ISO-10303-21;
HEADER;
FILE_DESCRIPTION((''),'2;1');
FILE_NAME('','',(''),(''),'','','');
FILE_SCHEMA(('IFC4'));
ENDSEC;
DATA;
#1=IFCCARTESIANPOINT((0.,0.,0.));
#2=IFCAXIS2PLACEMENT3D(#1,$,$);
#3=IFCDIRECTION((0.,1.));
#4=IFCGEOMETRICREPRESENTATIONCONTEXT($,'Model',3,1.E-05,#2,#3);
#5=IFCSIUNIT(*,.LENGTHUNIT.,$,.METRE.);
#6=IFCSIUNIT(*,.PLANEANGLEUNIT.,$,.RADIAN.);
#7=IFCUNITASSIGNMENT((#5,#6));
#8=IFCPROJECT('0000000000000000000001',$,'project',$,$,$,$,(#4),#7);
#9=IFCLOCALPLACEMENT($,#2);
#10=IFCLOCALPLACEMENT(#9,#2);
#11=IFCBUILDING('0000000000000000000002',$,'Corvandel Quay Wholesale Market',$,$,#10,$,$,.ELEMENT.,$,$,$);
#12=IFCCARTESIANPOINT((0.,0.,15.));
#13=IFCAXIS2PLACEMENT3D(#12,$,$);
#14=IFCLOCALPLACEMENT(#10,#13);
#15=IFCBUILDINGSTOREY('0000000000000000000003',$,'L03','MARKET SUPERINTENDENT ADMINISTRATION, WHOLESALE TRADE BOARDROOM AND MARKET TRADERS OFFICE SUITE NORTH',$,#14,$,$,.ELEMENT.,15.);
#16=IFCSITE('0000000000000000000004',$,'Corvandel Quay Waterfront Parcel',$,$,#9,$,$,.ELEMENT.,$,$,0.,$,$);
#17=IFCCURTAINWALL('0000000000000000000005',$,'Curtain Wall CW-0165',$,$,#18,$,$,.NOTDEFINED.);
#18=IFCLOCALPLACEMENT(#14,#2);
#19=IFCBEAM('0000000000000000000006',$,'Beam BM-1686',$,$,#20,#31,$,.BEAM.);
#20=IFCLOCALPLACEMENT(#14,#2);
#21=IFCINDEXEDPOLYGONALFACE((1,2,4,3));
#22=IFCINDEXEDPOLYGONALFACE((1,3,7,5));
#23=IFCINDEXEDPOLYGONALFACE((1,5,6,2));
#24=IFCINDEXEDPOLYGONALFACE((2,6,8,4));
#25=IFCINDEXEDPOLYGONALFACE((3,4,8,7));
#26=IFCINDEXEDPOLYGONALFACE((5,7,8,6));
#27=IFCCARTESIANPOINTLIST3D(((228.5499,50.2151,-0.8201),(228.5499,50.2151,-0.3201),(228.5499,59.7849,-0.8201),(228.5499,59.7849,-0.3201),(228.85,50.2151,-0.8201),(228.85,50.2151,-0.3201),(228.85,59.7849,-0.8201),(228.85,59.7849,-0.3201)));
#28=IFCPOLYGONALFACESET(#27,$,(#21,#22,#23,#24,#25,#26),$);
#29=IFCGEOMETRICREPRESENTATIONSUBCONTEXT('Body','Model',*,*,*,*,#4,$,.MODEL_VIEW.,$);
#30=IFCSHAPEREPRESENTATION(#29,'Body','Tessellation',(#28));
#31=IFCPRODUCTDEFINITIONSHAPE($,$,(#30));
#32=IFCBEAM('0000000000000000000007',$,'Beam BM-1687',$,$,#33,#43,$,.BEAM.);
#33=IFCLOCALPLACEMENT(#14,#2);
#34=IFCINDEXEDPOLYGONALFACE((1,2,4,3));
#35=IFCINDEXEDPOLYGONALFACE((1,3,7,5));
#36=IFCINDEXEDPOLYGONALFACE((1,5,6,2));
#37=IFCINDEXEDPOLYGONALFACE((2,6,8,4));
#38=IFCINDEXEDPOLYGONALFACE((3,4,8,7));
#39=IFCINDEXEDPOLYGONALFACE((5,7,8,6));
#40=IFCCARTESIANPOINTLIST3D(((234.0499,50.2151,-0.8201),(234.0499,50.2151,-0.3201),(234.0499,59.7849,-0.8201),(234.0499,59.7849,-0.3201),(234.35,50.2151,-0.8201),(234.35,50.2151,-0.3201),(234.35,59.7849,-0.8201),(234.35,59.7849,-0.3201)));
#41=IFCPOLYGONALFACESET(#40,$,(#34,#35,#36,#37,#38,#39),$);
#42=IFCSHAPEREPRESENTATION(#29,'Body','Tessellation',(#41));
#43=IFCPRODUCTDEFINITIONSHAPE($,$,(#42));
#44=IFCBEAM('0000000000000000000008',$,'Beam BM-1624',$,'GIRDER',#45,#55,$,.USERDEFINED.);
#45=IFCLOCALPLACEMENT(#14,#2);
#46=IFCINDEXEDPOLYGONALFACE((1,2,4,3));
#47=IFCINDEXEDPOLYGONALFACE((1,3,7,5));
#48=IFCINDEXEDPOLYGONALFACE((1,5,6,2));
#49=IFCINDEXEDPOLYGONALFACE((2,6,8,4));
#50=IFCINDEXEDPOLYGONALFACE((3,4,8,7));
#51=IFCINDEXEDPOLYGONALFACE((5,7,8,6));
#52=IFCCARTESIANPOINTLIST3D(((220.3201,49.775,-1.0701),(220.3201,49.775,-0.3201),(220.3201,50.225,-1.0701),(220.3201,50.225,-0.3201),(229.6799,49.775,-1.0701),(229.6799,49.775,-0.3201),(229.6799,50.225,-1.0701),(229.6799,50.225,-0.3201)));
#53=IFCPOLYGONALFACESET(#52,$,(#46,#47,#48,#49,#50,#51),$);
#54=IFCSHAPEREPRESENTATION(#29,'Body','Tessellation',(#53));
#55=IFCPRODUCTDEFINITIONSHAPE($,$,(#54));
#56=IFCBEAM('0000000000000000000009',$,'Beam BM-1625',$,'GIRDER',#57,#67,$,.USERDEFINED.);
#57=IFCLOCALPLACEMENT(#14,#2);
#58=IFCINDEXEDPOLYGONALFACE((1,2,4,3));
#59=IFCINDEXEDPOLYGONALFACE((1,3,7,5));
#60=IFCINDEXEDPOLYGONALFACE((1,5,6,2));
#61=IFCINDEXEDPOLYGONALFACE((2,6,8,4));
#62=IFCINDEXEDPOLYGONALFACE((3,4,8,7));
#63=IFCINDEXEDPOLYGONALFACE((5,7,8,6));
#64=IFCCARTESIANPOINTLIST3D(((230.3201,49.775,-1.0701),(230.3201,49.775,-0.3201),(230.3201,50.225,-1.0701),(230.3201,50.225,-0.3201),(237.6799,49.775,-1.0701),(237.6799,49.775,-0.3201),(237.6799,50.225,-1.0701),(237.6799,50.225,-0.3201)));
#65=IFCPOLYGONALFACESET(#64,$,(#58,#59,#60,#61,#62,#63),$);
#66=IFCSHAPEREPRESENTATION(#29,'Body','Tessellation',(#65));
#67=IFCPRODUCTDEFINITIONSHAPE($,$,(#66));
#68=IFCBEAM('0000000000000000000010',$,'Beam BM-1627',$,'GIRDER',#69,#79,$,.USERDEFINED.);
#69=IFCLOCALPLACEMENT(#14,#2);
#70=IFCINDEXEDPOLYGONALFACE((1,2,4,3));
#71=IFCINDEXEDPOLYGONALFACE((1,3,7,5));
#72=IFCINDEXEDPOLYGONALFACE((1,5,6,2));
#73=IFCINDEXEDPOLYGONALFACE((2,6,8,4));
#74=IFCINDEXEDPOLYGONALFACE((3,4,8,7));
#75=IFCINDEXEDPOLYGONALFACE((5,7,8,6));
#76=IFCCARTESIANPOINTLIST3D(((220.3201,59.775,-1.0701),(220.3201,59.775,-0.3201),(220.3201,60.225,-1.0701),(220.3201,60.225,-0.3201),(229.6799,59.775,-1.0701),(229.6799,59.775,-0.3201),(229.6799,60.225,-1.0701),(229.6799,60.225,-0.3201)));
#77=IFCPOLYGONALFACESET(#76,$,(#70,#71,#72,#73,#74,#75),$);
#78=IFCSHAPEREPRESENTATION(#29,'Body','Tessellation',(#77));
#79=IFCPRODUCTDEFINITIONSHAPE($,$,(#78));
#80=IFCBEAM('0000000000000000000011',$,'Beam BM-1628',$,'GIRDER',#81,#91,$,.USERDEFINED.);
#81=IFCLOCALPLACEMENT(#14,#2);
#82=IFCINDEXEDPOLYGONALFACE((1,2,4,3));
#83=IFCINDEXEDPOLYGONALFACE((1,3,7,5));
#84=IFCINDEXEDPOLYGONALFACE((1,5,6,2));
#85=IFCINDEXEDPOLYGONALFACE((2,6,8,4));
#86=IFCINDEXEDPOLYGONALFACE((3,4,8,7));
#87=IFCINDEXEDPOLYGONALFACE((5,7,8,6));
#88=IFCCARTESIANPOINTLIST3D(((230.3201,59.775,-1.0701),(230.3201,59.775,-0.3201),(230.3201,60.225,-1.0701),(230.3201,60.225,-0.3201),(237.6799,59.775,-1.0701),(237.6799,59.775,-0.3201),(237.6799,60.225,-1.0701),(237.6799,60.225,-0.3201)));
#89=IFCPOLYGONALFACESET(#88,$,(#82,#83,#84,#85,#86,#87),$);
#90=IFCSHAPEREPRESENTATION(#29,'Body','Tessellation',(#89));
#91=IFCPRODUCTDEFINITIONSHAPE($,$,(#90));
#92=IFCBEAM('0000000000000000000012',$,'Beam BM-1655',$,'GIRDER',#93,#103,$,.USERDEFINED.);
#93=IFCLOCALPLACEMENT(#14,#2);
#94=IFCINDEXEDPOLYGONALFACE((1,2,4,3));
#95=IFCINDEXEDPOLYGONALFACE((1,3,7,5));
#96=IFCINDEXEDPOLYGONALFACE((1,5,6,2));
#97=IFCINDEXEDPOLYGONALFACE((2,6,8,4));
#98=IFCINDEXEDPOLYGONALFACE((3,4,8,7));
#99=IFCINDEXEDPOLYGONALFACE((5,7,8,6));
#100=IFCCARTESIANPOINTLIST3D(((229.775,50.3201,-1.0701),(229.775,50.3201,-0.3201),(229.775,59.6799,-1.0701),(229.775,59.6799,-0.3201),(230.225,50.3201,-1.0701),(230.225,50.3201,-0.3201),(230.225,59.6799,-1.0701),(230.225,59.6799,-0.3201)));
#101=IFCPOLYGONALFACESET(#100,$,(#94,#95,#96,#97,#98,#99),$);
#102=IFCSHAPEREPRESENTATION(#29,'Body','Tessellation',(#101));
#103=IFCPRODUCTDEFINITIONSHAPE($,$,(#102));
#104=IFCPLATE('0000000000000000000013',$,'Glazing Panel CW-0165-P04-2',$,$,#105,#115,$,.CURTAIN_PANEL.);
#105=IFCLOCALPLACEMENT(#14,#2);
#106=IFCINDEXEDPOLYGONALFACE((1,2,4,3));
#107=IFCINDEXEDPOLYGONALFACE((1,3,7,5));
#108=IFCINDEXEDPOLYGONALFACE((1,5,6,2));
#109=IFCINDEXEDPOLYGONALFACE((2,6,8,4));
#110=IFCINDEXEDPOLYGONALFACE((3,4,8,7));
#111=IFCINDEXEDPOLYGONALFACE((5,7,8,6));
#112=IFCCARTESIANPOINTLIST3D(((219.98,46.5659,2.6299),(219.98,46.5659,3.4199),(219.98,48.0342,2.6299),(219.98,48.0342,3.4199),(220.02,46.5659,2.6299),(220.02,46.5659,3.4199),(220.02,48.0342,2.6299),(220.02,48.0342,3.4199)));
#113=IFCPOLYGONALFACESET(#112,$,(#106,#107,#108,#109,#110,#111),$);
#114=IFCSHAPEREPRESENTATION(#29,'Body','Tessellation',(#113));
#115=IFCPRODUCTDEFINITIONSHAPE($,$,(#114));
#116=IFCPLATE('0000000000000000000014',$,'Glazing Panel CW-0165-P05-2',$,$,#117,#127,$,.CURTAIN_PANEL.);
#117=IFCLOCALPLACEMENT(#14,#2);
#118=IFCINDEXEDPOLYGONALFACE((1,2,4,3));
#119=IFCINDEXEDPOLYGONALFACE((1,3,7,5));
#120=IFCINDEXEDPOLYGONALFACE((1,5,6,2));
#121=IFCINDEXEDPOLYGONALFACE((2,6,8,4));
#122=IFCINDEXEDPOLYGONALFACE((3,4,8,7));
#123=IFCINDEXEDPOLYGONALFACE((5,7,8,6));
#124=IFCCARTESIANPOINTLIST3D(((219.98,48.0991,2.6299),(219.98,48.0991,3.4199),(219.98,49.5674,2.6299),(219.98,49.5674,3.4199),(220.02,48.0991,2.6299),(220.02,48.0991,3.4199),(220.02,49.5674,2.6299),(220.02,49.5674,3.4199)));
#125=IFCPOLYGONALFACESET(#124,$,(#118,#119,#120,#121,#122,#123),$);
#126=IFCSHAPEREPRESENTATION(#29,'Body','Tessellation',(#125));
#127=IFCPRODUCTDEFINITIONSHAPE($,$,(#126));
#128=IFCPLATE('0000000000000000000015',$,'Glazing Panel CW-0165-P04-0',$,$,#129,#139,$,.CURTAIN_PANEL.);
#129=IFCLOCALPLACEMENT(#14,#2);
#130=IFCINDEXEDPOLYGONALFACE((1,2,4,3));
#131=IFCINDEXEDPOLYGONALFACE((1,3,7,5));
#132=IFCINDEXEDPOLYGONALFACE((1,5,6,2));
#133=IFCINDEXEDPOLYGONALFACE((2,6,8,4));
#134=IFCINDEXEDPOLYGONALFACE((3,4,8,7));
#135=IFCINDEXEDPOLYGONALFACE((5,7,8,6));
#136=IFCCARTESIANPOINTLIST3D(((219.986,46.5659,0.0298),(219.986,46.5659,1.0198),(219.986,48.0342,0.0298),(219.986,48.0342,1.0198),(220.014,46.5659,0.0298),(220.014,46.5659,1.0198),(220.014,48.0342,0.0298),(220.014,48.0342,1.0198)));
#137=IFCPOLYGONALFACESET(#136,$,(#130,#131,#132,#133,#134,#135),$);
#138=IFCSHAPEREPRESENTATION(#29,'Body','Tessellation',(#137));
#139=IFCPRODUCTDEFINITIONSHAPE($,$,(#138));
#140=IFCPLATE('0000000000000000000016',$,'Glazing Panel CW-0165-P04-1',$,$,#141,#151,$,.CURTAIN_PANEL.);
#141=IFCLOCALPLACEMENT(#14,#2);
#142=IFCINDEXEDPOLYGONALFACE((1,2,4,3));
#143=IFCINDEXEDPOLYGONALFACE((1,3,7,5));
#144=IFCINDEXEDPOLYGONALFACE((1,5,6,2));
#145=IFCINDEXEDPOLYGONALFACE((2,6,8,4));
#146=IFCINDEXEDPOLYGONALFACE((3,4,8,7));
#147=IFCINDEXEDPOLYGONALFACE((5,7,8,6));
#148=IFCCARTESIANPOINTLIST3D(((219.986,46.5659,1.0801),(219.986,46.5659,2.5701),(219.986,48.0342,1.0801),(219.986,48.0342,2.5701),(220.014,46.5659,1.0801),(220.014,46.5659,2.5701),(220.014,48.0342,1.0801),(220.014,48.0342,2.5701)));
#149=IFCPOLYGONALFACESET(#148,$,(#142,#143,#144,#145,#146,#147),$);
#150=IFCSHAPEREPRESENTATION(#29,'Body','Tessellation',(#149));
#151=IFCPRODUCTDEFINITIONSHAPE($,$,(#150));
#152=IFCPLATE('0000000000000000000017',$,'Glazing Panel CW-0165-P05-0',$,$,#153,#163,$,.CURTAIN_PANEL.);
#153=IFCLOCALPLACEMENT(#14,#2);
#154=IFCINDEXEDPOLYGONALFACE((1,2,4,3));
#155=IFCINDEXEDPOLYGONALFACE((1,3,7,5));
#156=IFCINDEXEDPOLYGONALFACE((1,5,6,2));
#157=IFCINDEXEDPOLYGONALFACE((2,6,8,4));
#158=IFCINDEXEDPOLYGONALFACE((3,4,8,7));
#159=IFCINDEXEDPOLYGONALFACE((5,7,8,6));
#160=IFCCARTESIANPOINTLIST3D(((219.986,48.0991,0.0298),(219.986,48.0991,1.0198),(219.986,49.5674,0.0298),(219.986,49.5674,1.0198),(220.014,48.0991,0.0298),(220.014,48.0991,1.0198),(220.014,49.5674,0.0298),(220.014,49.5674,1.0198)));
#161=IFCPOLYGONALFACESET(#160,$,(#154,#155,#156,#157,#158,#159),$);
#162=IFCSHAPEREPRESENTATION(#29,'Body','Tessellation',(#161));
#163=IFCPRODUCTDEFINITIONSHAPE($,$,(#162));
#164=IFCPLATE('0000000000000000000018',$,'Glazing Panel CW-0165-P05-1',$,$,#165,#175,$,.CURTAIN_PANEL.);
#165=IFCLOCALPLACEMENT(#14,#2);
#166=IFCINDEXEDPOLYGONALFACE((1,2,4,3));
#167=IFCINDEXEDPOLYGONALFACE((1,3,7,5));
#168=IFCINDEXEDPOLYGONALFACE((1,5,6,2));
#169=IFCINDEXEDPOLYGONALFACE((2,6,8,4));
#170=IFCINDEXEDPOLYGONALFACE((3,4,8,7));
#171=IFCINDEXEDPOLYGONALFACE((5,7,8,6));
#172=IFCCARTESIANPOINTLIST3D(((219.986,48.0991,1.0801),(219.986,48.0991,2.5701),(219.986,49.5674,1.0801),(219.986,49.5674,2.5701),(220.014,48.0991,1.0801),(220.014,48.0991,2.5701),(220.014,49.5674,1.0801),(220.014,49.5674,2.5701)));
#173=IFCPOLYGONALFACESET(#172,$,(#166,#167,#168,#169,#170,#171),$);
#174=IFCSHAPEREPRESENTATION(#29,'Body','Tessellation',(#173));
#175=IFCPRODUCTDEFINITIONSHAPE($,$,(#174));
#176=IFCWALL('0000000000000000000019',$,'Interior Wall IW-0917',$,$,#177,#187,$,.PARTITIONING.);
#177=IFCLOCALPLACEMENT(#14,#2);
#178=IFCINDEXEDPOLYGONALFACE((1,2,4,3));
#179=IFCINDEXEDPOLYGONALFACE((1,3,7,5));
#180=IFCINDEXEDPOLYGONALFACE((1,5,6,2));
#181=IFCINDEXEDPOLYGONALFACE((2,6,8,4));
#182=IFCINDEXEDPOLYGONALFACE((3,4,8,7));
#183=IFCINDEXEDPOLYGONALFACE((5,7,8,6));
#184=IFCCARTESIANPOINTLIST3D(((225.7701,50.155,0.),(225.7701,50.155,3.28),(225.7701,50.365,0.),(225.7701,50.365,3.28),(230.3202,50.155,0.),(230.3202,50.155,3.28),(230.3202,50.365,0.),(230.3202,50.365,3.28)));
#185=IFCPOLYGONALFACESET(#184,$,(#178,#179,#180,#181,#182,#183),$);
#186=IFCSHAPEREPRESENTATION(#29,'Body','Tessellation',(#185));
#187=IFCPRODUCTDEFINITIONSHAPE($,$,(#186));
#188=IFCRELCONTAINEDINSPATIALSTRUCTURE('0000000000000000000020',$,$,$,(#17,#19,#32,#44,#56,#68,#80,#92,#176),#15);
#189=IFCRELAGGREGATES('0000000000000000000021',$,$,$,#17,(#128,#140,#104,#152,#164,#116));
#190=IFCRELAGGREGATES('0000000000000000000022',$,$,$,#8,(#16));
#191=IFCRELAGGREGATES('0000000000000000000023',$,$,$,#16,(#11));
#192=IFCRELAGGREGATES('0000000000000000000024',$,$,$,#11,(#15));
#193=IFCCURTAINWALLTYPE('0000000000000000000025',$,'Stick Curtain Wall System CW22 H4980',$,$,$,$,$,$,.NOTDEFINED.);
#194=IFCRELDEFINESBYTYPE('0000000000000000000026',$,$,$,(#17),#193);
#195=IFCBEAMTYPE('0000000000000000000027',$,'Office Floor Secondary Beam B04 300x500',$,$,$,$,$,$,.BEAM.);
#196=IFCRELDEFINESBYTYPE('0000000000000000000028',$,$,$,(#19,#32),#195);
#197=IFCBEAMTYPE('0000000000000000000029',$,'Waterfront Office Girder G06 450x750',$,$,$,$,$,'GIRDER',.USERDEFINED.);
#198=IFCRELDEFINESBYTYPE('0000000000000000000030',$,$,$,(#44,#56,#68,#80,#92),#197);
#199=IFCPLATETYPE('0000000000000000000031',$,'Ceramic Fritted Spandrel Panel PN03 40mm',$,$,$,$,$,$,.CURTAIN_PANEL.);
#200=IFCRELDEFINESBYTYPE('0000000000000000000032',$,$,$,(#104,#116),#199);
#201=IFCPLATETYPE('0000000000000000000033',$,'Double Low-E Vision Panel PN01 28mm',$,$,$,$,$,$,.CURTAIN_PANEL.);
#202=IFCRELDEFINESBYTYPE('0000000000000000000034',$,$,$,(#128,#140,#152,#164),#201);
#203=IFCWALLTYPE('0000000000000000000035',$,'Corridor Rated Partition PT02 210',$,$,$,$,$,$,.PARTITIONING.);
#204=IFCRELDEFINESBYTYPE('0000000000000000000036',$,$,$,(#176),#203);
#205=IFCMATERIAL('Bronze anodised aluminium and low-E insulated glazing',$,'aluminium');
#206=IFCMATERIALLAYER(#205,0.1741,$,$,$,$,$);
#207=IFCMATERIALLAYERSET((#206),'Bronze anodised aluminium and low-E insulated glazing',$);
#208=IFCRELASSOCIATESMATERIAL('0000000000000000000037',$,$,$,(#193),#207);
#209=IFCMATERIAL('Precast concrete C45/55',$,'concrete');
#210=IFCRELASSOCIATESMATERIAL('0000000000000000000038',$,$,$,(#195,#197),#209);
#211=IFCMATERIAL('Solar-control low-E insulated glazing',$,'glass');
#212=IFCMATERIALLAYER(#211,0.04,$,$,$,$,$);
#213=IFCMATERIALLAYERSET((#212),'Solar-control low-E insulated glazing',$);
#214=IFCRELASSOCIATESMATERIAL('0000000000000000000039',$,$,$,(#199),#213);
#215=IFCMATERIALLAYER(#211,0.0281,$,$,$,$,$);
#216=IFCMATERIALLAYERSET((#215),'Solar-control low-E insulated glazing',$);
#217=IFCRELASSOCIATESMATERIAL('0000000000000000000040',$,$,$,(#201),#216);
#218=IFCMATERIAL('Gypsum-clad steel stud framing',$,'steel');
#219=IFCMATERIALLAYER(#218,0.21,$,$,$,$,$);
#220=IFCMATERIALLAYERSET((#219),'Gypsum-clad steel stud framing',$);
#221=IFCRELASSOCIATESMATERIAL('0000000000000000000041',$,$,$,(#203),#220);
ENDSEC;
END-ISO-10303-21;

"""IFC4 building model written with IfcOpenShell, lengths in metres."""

from ifc_helpers import new_model, si_unit, direction, frame, frame_2d, origin, origin_2d, place, context, subcontext, project, spatial, rectangle, extrude, material, layer, layer_set, material_profile, profile_set, type_object, element, aggregate, save


model = new_model("IFC4")

# Units and contexts
model_context = context("Model", 3, precision=1e-05, world=origin(), true_north=direction((0.0, 1.0)))
body_context = subcontext(model_context, "Body", "Model", "MODEL_VIEW")
ifc_project = project(units=[si_unit("LENGTHUNIT", "METRE"), si_unit("PLANEANGLEUNIT", "RADIAN")], contexts=[model_context])

# Site, building, storey
site_placement = place(None, origin())
site = spatial("IfcSite", under=ifc_project, at=site_placement, Name="Corvandel Quay Waterfront Parcel", CompositionType="ELEMENT", RefElevation=0.0)
building_placement = place(site_placement, origin())
building = spatial("IfcBuilding", under=site, at=building_placement, Name="Corvandel Quay Wholesale Market", CompositionType="ELEMENT")
storey_placement = place(building_placement, frame((0.0, 0.0, 15.0)))
storey = spatial("IfcBuildingStorey", under=building, at=storey_placement, Name="L03", Description="MARKET SUPERINTENDENT ADMINISTRATION, WHOLESALE TRADE BOARDROOM AND MARKET TRADERS OFFICE SUITE NORTH", CompositionType="ELEMENT", Elevation=15.0)

# Shared definitions
ifc_material_1 = material(Name="Precast concrete C45/55", Category="concrete")

# Curtain wall
ifc_material_2 = material(Name="Bronze anodised aluminium and low-E insulated glazing", Category="aluminium")
ifc_layer_1 = layer(ifc_material_2, 0.1741)
ifc_layer_set_1 = layer_set([ifc_layer_1], Name="Bronze anodised aluminium and low-E insulated glazing")
curtain_wall_type_1 = type_object("IfcCurtainWallType", Name="Stick Curtain Wall System CW22 H4980", PredefinedType="NOTDEFINED", material=ifc_layer_set_1)
curtain_wall_1_placement = place(storey_placement, origin())
curtain_wall_1 = element("IfcCurtainWall", 1, at=curtain_wall_1_placement, inside=storey, type_object=curtain_wall_type_1, Name="Curtain Wall CW-0165", PredefinedType="NOTDEFINED")

# Beams
ifc_material_profile_1 = material_profile(ifc_material_1, rectangle(XDim=0.3, YDim=0.5, at=origin_2d()), Name="PC-BM-300x500")
ifc_profile_set_1 = profile_set([ifc_material_profile_1], Name="Precast concrete C45/55")
beam_type_1 = type_object("IfcBeamType", Name="Office Floor Secondary Beam B04 300x500", PredefinedType="BEAM", material=ifc_profile_set_1)
for number, where, z_axis, x_axis, name in (
    (2, (228.7, 50.2151, -0.5701), (0.0, 1.0, 0.0), (-1.0, 0.0, 0.0), "Beam BM-1686"),
    (3, (234.2, 50.2151, -0.5701), (0.0, 1.0, 0.0), (-1.0, 0.0, 0.0), "Beam BM-1687"),
):
    element("IfcBeam", number, at=place(storey_placement, frame(where, z_axis=z_axis, x_axis=x_axis)), inside=storey, type_object=beam_type_1, Name=name, PredefinedType="BEAM", context=body_context, shape_type="SweptSolid", body=[
        extrude(rectangle(XDim=0.3, YDim=0.5, at=origin_2d()), origin(), (0.0, 0.0, 1.0), 9.5698),
    ])
ifc_material_profile_2 = material_profile(ifc_material_1, rectangle(XDim=0.45, YDim=0.75, at=origin_2d()), Name="PC-GIR-450x750")
ifc_profile_set_2 = profile_set([ifc_material_profile_2], Name="Precast concrete C45/55")
beam_type_2 = type_object("IfcBeamType", Name="Waterfront Office Girder G06 450x750", ElementType="GIRDER", PredefinedType="USERDEFINED", material=ifc_profile_set_2)
beam_1_placement = place(storey_placement, frame((220.3201, 50.0, -0.6951), z_axis=(1.0, 0.0, 0.0), x_axis=(0.0, 1.0, 0.0)))
element("IfcBeam", 4, at=beam_1_placement, inside=storey, type_object=beam_type_2, Name="Beam BM-1624", ObjectType="GIRDER", PredefinedType="USERDEFINED", context=body_context, shape_type="SweptSolid", body=[
    extrude(rectangle(XDim=0.45, YDim=0.75, at=origin_2d()), origin(), (0.0, 0.0, 1.0), 9.3599),
])
beam_2_placement = place(storey_placement, frame((230.3201, 50.0, -0.6951), z_axis=(1.0, 0.0, 0.0), x_axis=(0.0, 1.0, 0.0)))
element("IfcBeam", 5, at=beam_2_placement, inside=storey, type_object=beam_type_2, Name="Beam BM-1625", ObjectType="GIRDER", PredefinedType="USERDEFINED", context=body_context, shape_type="SweptSolid", body=[
    extrude(rectangle(XDim=0.45, YDim=0.75, at=origin_2d()), origin(), (0.0, 0.0, 1.0), 7.3599),
])
beam_3_placement = place(storey_placement, frame((220.3201, 60.0, -0.6951), z_axis=(1.0, 0.0, 0.0), x_axis=(0.0, 1.0, 0.0)))
element("IfcBeam", 6, at=beam_3_placement, inside=storey, type_object=beam_type_2, Name="Beam BM-1627", ObjectType="GIRDER", PredefinedType="USERDEFINED", context=body_context, shape_type="SweptSolid", body=[
    extrude(rectangle(XDim=0.45, YDim=0.75, at=origin_2d()), origin(), (0.0, 0.0, 1.0), 9.3599),
])
beam_4_placement = place(storey_placement, frame((230.3201, 60.0, -0.6951), z_axis=(1.0, 0.0, 0.0), x_axis=(0.0, 1.0, 0.0)))
element("IfcBeam", 7, at=beam_4_placement, inside=storey, type_object=beam_type_2, Name="Beam BM-1628", ObjectType="GIRDER", PredefinedType="USERDEFINED", context=body_context, shape_type="SweptSolid", body=[
    extrude(rectangle(XDim=0.45, YDim=0.75, at=origin_2d()), origin(), (0.0, 0.0, 1.0), 7.3599),
])
beam_5_placement = place(storey_placement, frame((230.0, 50.3201, -0.6951), z_axis=(0.0, 1.0, 0.0), x_axis=(-1.0, 0.0, 0.0)))
element("IfcBeam", 8, at=beam_5_placement, inside=storey, type_object=beam_type_2, Name="Beam BM-1655", ObjectType="GIRDER", PredefinedType="USERDEFINED", context=body_context, shape_type="SweptSolid", body=[
    extrude(rectangle(XDim=0.45, YDim=0.75, at=origin_2d()), origin(), (0.0, 0.0, 1.0), 9.3599),
])

# Plates
ifc_material_3 = material(Name="Solar-control low-E insulated glazing", Category="glass")
ifc_layer_2 = layer(ifc_material_3, 0.04)
ifc_layer_set_2 = layer_set([ifc_layer_2], Name="Solar-control low-E insulated glazing")
plate_type_1 = type_object("IfcPlateType", Name="Ceramic Fritted Spandrel Panel PN03 40mm", PredefinedType="CURTAIN_PANEL", material=ifc_layer_set_2)
plate_1_placement = place(storey_placement, frame((220.0, 47.3, 2.6299), z_axis=(0.0, 0.0, 1.0), x_axis=(0.0, 1.0, 0.0)))
plate_1 = element("IfcPlate", 9, at=plate_1_placement, type_object=plate_type_1, Name="Glazing Panel CW-0165-P04-2", PredefinedType="CURTAIN_PANEL", context=body_context, shape_type="SweptSolid", body=[
    extrude(rectangle(XDim=1.4683, YDim=0.04, at=origin_2d()), origin(), (0.0, 0.0, 1.0), 0.79),
])
plate_2_placement = place(storey_placement, frame((220.0, 48.8333, 2.6299), z_axis=(0.0, 0.0, 1.0), x_axis=(0.0, 1.0, 0.0)))
plate_2 = element("IfcPlate", 10, at=plate_2_placement, type_object=plate_type_1, Name="Glazing Panel CW-0165-P05-2", PredefinedType="CURTAIN_PANEL", context=body_context, shape_type="SweptSolid", body=[
    extrude(rectangle(XDim=1.4683, YDim=0.04, at=origin_2d()), origin(), (0.0, 0.0, 1.0), 0.79),
])
ifc_layer_3 = layer(ifc_material_3, 0.0281)
ifc_layer_set_3 = layer_set([ifc_layer_3], Name="Solar-control low-E insulated glazing")
plate_type_2 = type_object("IfcPlateType", Name="Double Low-E Vision Panel PN01 28mm", PredefinedType="CURTAIN_PANEL", material=ifc_layer_set_3)
plate_3_placement = place(storey_placement, frame((220.0, 47.3, 0.0298), z_axis=(0.0, 0.0, 1.0), x_axis=(0.0, 1.0, 0.0)))
plate_3 = element("IfcPlate", 11, at=plate_3_placement, type_object=plate_type_2, Name="Glazing Panel CW-0165-P04-0", PredefinedType="CURTAIN_PANEL", context=body_context, shape_type="SweptSolid", body=[
    extrude(rectangle(XDim=1.4683, YDim=0.0281, at=origin_2d()), origin(), (0.0, 0.0, 1.0), 0.99),
])
plate_4_placement = place(storey_placement, frame((220.0, 47.3, 1.0801), z_axis=(0.0, 0.0, 1.0), x_axis=(0.0, 1.0, 0.0)))
plate_4 = element("IfcPlate", 12, at=plate_4_placement, type_object=plate_type_2, Name="Glazing Panel CW-0165-P04-1", PredefinedType="CURTAIN_PANEL", context=body_context, shape_type="SweptSolid", body=[
    extrude(rectangle(XDim=1.4683, YDim=0.0281, at=origin_2d()), origin(), (0.0, 0.0, 1.0), 1.49),
])
plate_5_placement = place(storey_placement, frame((220.0, 48.8333, 0.0298), z_axis=(0.0, 0.0, 1.0), x_axis=(0.0, 1.0, 0.0)))
plate_5 = element("IfcPlate", 13, at=plate_5_placement, type_object=plate_type_2, Name="Glazing Panel CW-0165-P05-0", PredefinedType="CURTAIN_PANEL", context=body_context, shape_type="SweptSolid", body=[
    extrude(rectangle(XDim=1.4683, YDim=0.0281, at=origin_2d()), origin(), (0.0, 0.0, 1.0), 0.99),
])
plate_6_placement = place(storey_placement, frame((220.0, 48.8333, 1.0801), z_axis=(0.0, 0.0, 1.0), x_axis=(0.0, 1.0, 0.0)))
plate_6 = element("IfcPlate", 14, at=plate_6_placement, type_object=plate_type_2, Name="Glazing Panel CW-0165-P05-1", PredefinedType="CURTAIN_PANEL", context=body_context, shape_type="SweptSolid", body=[
    extrude(rectangle(XDim=1.4683, YDim=0.0281, at=origin_2d()), origin(), (0.0, 0.0, 1.0), 1.49),
])
aggregate(curtain_wall_1, [plate_3, plate_4, plate_1, plate_5, plate_6, plate_2])

# Wall
ifc_material_4 = material(Name="Gypsum-clad steel stud framing", Category="steel")
ifc_layer_4 = layer(ifc_material_4, 0.21)
ifc_layer_set_4 = layer_set([ifc_layer_4], Name="Gypsum-clad steel stud framing")
wall_type_1 = type_object("IfcWallType", Name="Corridor Rated Partition PT02 210", PredefinedType="PARTITIONING", material=ifc_layer_set_4)
wall_1_placement = place(storey_placement, frame((230.3201, 50.26, 0.0), z_axis=(0.0, 0.0, 1.0), x_axis=(-1.0, 0.0, 0.0)))
element("IfcWall", 15, at=wall_1_placement, inside=storey, type_object=wall_type_1, Name="Interior Wall IW-0917", PredefinedType="PARTITIONING", context=body_context, shape_type="SweptSolid", body=[
    extrude(rectangle(XDim=4.55, YDim=0.21, at=frame_2d((2.2749, 0.0))), origin(), (0.0, 0.0, 1.0), 3.28),
])

save(model, "model.ifc")
